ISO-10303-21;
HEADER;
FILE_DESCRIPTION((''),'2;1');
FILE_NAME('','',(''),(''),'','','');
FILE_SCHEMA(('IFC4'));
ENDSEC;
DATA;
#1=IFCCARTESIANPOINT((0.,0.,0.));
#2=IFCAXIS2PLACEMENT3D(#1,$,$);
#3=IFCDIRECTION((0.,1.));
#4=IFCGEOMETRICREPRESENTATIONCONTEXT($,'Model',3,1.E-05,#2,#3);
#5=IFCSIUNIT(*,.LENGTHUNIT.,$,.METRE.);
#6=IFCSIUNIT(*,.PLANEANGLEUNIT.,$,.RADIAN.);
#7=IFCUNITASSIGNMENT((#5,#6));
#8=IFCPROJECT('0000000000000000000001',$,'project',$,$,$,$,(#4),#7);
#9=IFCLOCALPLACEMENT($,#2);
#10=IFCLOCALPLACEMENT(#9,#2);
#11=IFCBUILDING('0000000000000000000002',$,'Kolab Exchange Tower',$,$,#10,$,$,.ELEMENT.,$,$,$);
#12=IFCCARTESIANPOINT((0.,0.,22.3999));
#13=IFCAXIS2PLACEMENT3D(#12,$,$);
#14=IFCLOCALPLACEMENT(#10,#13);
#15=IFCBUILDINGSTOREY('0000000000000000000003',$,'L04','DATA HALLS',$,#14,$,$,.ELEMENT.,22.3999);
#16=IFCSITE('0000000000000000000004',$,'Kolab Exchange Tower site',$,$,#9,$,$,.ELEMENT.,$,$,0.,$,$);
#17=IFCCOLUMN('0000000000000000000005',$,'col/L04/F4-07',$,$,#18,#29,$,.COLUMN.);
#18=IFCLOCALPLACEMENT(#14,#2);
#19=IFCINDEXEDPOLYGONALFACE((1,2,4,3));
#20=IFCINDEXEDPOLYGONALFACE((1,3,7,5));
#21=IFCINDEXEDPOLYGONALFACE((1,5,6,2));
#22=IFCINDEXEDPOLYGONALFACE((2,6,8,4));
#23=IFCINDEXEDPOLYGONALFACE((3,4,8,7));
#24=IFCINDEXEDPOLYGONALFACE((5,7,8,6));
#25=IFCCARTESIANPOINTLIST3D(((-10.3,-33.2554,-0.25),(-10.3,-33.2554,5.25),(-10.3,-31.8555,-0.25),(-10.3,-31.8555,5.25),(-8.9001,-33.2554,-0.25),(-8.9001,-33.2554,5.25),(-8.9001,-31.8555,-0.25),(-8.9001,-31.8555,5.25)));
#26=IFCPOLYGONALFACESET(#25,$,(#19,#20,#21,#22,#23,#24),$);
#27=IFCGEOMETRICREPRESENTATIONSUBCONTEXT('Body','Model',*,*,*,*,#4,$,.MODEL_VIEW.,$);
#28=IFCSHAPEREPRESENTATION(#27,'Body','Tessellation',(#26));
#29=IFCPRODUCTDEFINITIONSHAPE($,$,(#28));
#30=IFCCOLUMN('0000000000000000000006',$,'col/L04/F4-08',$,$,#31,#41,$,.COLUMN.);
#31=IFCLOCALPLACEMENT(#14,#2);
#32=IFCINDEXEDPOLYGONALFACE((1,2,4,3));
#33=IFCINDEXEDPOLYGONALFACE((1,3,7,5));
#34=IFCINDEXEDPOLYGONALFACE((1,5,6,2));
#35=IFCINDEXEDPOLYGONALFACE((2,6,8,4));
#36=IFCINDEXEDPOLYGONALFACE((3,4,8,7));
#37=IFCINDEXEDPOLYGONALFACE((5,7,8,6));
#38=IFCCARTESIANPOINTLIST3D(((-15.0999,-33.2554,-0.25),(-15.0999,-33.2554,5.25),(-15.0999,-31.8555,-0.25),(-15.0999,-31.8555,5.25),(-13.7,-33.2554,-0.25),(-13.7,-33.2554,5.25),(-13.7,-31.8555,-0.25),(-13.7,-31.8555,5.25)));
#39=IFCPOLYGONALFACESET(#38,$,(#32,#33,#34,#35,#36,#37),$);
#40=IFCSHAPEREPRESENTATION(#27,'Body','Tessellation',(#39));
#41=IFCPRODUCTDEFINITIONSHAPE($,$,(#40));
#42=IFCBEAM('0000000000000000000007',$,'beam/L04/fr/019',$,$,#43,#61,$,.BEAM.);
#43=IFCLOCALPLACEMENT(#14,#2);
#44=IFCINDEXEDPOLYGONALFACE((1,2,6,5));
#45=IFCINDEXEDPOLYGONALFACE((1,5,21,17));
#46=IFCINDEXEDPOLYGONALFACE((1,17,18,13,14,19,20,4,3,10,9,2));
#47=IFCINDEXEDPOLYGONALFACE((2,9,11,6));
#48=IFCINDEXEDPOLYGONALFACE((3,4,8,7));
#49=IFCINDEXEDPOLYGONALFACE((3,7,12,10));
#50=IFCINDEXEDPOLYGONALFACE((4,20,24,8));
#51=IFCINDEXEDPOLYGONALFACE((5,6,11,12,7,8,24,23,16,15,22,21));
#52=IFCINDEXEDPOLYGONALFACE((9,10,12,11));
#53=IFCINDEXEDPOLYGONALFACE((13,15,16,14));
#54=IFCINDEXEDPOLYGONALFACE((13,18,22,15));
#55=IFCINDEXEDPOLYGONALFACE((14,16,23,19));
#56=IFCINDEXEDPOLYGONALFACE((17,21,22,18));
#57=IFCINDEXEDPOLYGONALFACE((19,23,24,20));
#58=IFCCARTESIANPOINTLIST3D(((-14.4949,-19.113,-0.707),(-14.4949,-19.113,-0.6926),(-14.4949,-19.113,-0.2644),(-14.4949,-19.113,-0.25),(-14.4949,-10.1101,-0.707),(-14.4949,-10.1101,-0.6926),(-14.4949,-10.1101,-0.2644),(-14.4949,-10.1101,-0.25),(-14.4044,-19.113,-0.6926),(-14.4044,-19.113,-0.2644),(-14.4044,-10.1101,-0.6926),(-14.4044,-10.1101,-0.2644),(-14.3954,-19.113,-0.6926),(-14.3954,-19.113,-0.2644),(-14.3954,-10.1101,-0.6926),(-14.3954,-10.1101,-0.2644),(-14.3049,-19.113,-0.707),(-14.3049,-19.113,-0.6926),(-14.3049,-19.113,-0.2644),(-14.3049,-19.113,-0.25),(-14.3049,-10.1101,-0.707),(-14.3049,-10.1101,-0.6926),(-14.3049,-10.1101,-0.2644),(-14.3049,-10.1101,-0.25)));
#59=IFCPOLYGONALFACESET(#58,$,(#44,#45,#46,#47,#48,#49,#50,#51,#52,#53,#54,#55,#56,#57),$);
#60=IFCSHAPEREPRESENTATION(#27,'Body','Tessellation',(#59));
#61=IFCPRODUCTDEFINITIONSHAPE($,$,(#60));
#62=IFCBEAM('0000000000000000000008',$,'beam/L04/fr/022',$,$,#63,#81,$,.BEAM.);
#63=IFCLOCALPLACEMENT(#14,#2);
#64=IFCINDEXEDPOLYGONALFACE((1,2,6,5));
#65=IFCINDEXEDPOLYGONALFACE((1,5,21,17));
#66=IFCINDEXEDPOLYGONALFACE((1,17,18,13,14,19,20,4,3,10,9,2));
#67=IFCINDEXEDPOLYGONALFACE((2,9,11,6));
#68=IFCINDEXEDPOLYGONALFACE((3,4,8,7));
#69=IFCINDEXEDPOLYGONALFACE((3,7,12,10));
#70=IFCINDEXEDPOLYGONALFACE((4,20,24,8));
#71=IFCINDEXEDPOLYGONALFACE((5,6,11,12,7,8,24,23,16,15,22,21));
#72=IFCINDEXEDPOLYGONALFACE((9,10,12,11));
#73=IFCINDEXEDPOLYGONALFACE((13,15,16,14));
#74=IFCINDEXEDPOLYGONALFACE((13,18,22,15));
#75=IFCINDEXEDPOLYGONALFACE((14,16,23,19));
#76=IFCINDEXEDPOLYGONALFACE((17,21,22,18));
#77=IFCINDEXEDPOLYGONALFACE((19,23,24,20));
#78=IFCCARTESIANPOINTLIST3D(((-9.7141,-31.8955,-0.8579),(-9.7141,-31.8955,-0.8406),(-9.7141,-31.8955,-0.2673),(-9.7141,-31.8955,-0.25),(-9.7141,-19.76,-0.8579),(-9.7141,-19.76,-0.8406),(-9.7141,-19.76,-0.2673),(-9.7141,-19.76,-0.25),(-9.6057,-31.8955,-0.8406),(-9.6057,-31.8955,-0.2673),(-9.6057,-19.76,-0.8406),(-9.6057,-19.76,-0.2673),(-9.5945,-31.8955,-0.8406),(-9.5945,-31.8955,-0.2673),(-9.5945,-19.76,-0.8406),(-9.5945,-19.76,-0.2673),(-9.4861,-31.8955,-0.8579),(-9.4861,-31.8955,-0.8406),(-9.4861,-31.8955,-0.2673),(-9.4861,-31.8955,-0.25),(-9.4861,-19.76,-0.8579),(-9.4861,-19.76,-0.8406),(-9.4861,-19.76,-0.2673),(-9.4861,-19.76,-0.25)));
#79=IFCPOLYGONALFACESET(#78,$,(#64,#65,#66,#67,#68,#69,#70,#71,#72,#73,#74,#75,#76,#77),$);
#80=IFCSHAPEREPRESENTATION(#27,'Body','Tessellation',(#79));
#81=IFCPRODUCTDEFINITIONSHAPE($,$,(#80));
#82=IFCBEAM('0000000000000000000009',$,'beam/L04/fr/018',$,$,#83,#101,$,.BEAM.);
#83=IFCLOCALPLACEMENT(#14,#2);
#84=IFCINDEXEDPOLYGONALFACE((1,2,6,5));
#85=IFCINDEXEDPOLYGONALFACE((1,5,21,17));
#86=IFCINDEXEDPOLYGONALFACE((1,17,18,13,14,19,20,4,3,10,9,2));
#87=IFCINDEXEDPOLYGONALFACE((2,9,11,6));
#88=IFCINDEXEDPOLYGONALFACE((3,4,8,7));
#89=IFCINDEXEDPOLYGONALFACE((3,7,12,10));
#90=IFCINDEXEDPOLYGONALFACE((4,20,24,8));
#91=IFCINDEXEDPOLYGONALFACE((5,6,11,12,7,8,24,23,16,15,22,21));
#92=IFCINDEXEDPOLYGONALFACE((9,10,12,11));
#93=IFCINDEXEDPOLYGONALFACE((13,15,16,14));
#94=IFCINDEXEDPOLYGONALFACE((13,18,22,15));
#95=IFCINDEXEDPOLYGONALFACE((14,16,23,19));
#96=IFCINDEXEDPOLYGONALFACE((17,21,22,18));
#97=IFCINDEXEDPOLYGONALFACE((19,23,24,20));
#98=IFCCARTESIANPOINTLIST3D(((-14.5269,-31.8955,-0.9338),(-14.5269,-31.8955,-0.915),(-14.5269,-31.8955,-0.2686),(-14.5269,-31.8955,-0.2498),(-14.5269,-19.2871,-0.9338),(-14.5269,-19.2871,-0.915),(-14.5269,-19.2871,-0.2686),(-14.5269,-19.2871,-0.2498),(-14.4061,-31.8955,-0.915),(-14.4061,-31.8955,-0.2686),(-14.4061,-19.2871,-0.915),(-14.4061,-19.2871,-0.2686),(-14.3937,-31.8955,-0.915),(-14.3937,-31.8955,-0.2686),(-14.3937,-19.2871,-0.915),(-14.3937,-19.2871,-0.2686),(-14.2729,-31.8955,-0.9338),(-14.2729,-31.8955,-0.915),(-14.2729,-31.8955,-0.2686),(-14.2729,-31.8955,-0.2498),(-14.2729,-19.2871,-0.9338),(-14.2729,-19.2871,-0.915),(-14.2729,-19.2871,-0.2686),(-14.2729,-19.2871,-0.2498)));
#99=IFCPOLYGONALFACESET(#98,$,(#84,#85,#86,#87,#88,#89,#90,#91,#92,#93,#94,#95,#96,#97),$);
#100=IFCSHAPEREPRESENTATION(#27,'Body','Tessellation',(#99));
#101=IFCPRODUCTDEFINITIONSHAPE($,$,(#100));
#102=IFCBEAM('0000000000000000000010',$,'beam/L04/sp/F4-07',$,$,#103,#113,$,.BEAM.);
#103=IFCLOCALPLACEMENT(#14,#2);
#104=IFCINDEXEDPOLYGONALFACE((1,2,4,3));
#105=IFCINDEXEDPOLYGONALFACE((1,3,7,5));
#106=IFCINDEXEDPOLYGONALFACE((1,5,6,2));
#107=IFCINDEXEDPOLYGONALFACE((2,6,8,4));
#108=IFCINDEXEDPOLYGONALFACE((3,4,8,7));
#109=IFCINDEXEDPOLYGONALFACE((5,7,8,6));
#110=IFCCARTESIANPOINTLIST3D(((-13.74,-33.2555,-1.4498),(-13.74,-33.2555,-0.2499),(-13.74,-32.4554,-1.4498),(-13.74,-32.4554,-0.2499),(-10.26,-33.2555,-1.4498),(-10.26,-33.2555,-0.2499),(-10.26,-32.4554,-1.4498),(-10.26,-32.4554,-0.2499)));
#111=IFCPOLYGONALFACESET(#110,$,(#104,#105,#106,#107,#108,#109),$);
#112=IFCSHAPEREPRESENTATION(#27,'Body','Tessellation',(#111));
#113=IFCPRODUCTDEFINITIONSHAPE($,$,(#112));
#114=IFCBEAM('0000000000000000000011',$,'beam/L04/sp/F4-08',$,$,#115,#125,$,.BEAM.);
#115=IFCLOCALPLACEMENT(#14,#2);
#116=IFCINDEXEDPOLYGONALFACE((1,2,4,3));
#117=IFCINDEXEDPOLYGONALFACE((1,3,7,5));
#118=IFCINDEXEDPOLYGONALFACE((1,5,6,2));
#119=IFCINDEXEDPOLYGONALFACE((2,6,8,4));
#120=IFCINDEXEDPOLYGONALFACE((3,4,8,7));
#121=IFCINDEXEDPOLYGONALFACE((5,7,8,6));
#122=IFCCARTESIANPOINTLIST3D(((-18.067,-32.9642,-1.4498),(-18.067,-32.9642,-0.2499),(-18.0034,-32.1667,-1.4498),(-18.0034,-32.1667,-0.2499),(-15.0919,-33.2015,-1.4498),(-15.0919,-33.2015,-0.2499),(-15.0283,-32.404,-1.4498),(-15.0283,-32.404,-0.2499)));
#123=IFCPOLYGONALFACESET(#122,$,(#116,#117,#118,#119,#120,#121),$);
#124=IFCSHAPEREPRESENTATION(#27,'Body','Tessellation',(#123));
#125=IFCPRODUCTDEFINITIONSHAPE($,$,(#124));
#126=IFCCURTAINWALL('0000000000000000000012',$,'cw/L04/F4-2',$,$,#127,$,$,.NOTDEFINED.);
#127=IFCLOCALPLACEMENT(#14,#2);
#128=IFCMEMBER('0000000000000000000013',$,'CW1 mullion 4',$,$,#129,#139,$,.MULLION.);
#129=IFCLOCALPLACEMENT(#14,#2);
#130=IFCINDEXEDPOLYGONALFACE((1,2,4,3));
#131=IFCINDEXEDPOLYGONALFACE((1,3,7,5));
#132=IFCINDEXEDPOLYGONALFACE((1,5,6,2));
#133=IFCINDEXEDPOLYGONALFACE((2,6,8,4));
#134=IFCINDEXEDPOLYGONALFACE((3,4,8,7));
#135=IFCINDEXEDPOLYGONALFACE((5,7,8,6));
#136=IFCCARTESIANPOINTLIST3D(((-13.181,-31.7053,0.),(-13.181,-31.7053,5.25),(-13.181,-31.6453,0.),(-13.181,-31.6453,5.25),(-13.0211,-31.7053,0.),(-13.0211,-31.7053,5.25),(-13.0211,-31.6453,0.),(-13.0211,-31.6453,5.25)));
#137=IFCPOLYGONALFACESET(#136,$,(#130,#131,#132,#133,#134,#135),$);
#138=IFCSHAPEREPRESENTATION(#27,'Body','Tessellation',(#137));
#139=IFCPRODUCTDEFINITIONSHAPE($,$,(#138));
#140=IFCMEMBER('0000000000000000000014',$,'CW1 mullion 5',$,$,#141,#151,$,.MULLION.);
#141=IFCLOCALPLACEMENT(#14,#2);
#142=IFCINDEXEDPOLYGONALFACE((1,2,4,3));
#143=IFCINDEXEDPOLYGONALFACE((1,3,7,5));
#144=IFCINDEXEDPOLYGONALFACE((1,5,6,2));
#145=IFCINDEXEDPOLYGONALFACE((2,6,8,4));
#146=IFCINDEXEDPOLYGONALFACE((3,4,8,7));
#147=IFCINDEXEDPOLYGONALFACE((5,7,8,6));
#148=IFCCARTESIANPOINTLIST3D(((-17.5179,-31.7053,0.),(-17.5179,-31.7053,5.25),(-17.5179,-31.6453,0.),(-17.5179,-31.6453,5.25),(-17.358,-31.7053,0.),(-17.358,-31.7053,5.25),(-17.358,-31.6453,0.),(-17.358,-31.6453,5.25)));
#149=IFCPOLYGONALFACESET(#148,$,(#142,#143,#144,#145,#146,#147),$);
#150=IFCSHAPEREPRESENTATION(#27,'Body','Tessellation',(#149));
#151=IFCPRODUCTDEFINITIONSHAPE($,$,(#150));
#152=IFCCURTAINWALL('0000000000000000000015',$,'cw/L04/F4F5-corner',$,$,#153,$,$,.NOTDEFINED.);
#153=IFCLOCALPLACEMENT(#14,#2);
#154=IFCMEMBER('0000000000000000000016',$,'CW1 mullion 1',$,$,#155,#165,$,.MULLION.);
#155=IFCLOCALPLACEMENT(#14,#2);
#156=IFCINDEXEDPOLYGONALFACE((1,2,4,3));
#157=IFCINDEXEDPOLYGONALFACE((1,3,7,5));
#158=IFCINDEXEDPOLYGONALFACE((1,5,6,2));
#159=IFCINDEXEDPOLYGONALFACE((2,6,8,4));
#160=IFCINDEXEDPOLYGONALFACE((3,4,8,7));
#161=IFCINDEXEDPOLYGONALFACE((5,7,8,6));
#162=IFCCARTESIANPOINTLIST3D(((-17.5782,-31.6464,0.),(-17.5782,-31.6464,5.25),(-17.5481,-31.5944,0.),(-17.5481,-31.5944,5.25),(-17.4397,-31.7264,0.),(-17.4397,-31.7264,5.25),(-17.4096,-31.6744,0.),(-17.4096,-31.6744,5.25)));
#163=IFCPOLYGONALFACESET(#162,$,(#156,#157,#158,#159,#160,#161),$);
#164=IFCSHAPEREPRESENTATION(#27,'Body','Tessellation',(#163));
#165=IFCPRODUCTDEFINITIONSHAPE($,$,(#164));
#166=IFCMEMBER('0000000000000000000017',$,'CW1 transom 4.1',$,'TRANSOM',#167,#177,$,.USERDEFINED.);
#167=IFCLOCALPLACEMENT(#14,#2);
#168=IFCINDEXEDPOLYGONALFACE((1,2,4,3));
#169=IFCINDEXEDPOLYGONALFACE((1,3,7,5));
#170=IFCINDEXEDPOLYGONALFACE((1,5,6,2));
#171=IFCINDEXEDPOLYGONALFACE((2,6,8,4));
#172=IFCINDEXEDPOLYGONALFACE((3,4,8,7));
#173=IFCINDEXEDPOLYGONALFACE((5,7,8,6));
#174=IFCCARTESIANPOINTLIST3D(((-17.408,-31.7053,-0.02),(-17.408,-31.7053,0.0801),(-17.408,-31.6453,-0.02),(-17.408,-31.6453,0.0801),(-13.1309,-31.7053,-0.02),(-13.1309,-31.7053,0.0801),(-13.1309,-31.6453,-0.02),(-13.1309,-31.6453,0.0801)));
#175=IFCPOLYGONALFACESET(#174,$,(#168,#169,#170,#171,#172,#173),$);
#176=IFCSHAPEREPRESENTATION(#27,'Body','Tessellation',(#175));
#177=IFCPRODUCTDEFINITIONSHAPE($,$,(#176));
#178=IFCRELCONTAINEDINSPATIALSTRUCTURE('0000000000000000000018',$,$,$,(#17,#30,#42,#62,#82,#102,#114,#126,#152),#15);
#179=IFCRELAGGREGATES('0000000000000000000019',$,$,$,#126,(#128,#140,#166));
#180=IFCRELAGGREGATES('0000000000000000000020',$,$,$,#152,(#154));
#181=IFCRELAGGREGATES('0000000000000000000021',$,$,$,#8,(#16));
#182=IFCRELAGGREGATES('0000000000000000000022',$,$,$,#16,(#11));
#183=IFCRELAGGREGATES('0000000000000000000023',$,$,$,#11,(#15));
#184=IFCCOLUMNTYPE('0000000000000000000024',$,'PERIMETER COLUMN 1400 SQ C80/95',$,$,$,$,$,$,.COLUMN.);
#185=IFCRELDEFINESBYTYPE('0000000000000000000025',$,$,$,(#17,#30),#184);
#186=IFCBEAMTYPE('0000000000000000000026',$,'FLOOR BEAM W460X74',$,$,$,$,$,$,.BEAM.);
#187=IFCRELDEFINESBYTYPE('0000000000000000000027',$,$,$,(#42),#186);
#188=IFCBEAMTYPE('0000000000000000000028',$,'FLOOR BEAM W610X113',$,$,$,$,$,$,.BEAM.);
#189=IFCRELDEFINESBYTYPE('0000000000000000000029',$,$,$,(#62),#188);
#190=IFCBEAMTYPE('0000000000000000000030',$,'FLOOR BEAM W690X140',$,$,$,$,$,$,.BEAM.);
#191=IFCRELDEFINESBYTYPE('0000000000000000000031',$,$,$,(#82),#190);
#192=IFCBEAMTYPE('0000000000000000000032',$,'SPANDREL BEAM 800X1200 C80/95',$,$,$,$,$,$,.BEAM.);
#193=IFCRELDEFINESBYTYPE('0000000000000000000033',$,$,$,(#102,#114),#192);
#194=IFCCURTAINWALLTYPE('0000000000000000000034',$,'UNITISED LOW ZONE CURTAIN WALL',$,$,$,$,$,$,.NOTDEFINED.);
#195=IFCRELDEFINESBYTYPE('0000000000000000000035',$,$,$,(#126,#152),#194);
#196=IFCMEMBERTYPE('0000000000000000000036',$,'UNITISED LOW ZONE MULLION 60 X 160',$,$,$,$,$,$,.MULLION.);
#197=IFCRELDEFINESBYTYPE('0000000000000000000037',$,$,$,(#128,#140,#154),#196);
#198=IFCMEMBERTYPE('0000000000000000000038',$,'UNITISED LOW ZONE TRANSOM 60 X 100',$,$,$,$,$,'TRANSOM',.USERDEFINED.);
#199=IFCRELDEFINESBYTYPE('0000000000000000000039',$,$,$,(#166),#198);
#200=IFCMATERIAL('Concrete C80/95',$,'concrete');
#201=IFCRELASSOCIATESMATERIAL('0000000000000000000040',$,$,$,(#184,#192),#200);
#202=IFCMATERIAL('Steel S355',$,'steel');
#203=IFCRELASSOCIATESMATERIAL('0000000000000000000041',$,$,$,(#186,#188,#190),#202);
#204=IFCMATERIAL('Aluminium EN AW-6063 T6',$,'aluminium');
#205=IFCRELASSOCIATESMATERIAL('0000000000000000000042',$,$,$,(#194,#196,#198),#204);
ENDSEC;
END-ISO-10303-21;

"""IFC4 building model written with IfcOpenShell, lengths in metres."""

from ifc_helpers import new_model, si_unit, direction, frame, origin, origin_2d, place, context, subcontext, project, spatial, rectangle, i_section, extrude, material, material_profile, profile_set, type_object, element, aggregate, save


model = new_model("IFC4")

# Units and contexts
model_context = context("Model", 3, precision=1e-05, world=origin(), true_north=direction((0.0, 1.0)))
body_context = subcontext(model_context, "Body", "Model", "MODEL_VIEW")
ifc_project = project(units=[si_unit("LENGTHUNIT", "METRE"), si_unit("PLANEANGLEUNIT", "RADIAN")], contexts=[model_context])

# Site, building, storey
site_placement = place(None, origin())
site = spatial("IfcSite", under=ifc_project, at=site_placement, Name="Kolab Exchange Tower site", CompositionType="ELEMENT", RefElevation=0.0)
building_placement = place(site_placement, origin())
building = spatial("IfcBuilding", under=site, at=building_placement, Name="Kolab Exchange Tower", CompositionType="ELEMENT")
storey_placement = place(building_placement, frame((0.0, 0.0, 22.3999)))
storey = spatial("IfcBuildingStorey", under=building, at=storey_placement, Name="L04", Description="DATA HALLS", CompositionType="ELEMENT", Elevation=22.3999)

# Columns
ifc_material_1 = material(Name="Concrete C80/95", Category="concrete")
ifc_material_profile_1 = material_profile(ifc_material_1, rectangle(XDim=1.3999, YDim=1.3999, at=origin_2d()), Name="RC1400")
ifc_profile_set_1 = profile_set([ifc_material_profile_1], Name="Concrete C80/95")
column_type = type_object("IfcColumnType", Name="PERIMETER COLUMN 1400 SQ C80/95", PredefinedType="COLUMN", material=ifc_profile_set_1)
for number, where, z_axis, x_axis, name in (
    (1, (-9.6001, -32.5554, -0.25), (0.0, 0.0, 1.0), (1.0, 0.0, 0.0), "col/L04/F4-07"),
    (2, (-14.3999, -32.5554, -0.25), (0.0, 0.0, 1.0), (1.0, 0.0, 0.0), "col/L04/F4-08"),
):
    element("IfcColumn", number, at=place(storey_placement, frame(where, z_axis=z_axis, x_axis=x_axis)), inside=storey, type_object=column_type, Name=name, PredefinedType="COLUMN", context=body_context, shape_type="SweptSolid", body=[
        extrude(rectangle(XDim=1.3999, YDim=1.3999, at=origin_2d()), origin(), (0.0, 0.0, 1.0), 5.5),
    ])

# Beams
ifc_material_2 = material(Name="Steel S355", Category="steel")
ifc_material_profile_2 = material_profile(ifc_material_2, i_section(OverallWidth=0.1899, OverallDepth=0.457, WebThickness=0.009, FlangeThickness=0.0144, at=origin_2d()), Name="W460X74")
ifc_profile_set_2 = profile_set([ifc_material_profile_2], Name="Steel S355")
beam_type_1 = type_object("IfcBeamType", Name="FLOOR BEAM W460X74", PredefinedType="BEAM", material=ifc_profile_set_2)
beam_1_placement = place(storey_placement, frame((-14.3999, -19.113, -0.4785), z_axis=(0.0, 1.0, 0.0), x_axis=(-1.0, 0.0, 0.0)))
element("IfcBeam", 3, at=beam_1_placement, inside=storey, type_object=beam_type_1, Name="beam/L04/fr/019", PredefinedType="BEAM", context=body_context, shape_type="SweptSolid", body=[
    extrude(i_section(OverallWidth=0.1899, OverallDepth=0.457, WebThickness=0.009, FlangeThickness=0.0144, at=origin_2d()), origin(), (0.0, 0.0, 1.0), 9.0029),
])
ifc_material_profile_3 = material_profile(ifc_material_2, i_section(OverallWidth=0.228, OverallDepth=0.6079, WebThickness=0.0112, FlangeThickness=0.0173, at=origin_2d()), Name="W610X113")
ifc_profile_set_3 = profile_set([ifc_material_profile_3], Name="Steel S355")
beam_type_2 = type_object("IfcBeamType", Name="FLOOR BEAM W610X113", PredefinedType="BEAM", material=ifc_profile_set_3)
beam_2_placement = place(storey_placement, frame((-9.6001, -31.8955, -0.554), z_axis=(0.0, 1.0, 0.0), x_axis=(-1.0, 0.0, 0.0)))
element("IfcBeam", 4, at=beam_2_placement, inside=storey, type_object=beam_type_2, Name="beam/L04/fr/022", PredefinedType="BEAM", context=body_context, shape_type="SweptSolid", body=[
    extrude(i_section(OverallWidth=0.228, OverallDepth=0.6079, WebThickness=0.0112, FlangeThickness=0.0173, at=origin_2d()), origin(), (0.0, 0.0, 1.0), 12.1355),
])
ifc_material_profile_4 = material_profile(ifc_material_2, i_section(OverallWidth=0.2539, OverallDepth=0.6841, WebThickness=0.0125, FlangeThickness=0.0188, at=origin_2d()), Name="W690X140")
ifc_profile_set_4 = profile_set([ifc_material_profile_4], Name="Steel S355")
beam_type_3 = type_object("IfcBeamType", Name="FLOOR BEAM W690X140", PredefinedType="BEAM", material=ifc_profile_set_4)
beam_3_placement = place(storey_placement, frame((-14.3999, -31.8955, -0.5918), z_axis=(0.0, 1.0, 0.0), x_axis=(-1.0, 0.0, 0.0)))
element("IfcBeam", 5, at=beam_3_placement, inside=storey, type_object=beam_type_3, Name="beam/L04/fr/018", PredefinedType="BEAM", context=body_context, shape_type="SweptSolid", body=[
    extrude(i_section(OverallWidth=0.2539, OverallDepth=0.6841, WebThickness=0.0125, FlangeThickness=0.0188, at=origin_2d()), origin(), (0.0, 0.0, 1.0), 12.6084),
])
ifc_material_profile_5 = material_profile(ifc_material_1, rectangle(XDim=0.8, YDim=1.2, at=origin_2d()), Name="RC800X1200")
ifc_profile_set_5 = profile_set([ifc_material_profile_5], Name="Concrete C80/95")
beam_type_4 = type_object("IfcBeamType", Name="SPANDREL BEAM 800X1200 C80/95", PredefinedType="BEAM", material=ifc_profile_set_5)
beam_4_placement = place(storey_placement, frame((-10.26, -32.8555, -0.8499), z_axis=(-1.0, 0.0, 0.0), x_axis=(0.0, -1.0, 0.0)))
element("IfcBeam", 6, at=beam_4_placement, inside=storey, type_object=beam_type_4, Name="beam/L04/sp/F4-07", PredefinedType="BEAM", context=body_context, shape_type="SweptSolid", body=[
    extrude(rectangle(XDim=0.8, YDim=1.2, at=origin_2d()), origin(), (0.0, 0.0, 1.0), 3.48),
])
beam_5_placement = place(storey_placement, frame((-15.0601, -32.8027, -0.8499), z_axis=(-0.996834, 0.079511, 0.0), x_axis=(-0.079511, -0.996834, 0.0)))
element("IfcBeam", 7, at=beam_5_placement, inside=storey, type_object=beam_type_4, Name="beam/L04/sp/F4-08", PredefinedType="BEAM", context=body_context, shape_type="SweptSolid", body=[
    extrude(rectangle(XDim=0.8, YDim=1.2, at=origin_2d()), origin(), (0.0, 0.0, 1.0), 2.9846),
])

# Curtain wall, members
ifc_material_3 = material(Name="Aluminium EN AW-6063 T6", Category="aluminium")
curtain_wall_type = type_object("IfcCurtainWallType", Name="UNITISED LOW ZONE CURTAIN WALL", PredefinedType="NOTDEFINED", material=ifc_material_3)
curtain_wall_1_placement = place(storey_placement, origin())
curtain_wall_1 = element("IfcCurtainWall", 8, at=curtain_wall_1_placement, inside=storey, type_object=curtain_wall_type, Name="cw/L04/F4-2", PredefinedType="NOTDEFINED")
ifc_material_profile_6 = material_profile(ifc_material_3, rectangle(XDim=0.0601, YDim=0.1599, at=origin_2d()), Name="RECT 60X160")
ifc_profile_set_6 = profile_set([ifc_material_profile_6], Name="Aluminium EN AW-6063 T6")
member_type_1 = type_object("IfcMemberType", Name="UNITISED LOW ZONE MULLION 60 X 160", PredefinedType="MULLION", material=ifc_profile_set_6)
member_1_placement = place(storey_placement, frame((-13.1011, -31.6753, 0.0), z_axis=(0.0, 0.0, 1.0), x_axis=(0.0, -1.0, 0.0)))
member_1 = element("IfcMember", 9, at=member_1_placement, type_object=member_type_1, Name="CW1 mullion 4", PredefinedType="MULLION", context=body_context, shape_type="SweptSolid", body=[
    extrude(rectangle(XDim=0.0601, YDim=0.1599, at=origin_2d()), origin(), (0.0, 0.0, 1.0), 5.25),
])
member_2_placement = place(storey_placement, frame((-17.438, -31.6753, 0.0), z_axis=(0.0, 0.0, 1.0), x_axis=(0.0, -1.0, 0.0)))
member_2 = element("IfcMember", 10, at=member_2_placement, type_object=member_type_1, Name="CW1 mullion 5", PredefinedType="MULLION", context=body_context, shape_type="SweptSolid", body=[
    extrude(rectangle(XDim=0.0601, YDim=0.1599, at=origin_2d()), origin(), (0.0, 0.0, 1.0), 5.25),
])

# Curtain wall, member
curtain_wall_2_placement = place(storey_placement, origin())
curtain_wall_2 = element("IfcCurtainWall", 11, at=curtain_wall_2_placement, inside=storey, type_object=curtain_wall_type, Name="cw/L04/F4F5-corner", PredefinedType="NOTDEFINED")
member_3_placement = place(storey_placement, frame((-17.4939, -31.6604, 0.0), z_axis=(0.0, 0.0, 1.0), x_axis=(-0.5, -0.866025, 0.0)))
member_3 = element("IfcMember", 12, at=member_3_placement, type_object=member_type_1, Name="CW1 mullion 1", PredefinedType="MULLION", context=body_context, shape_type="SweptSolid", body=[
    extrude(rectangle(XDim=0.0601, YDim=0.1599, at=origin_2d()), origin(), (0.0, 0.0, 1.0), 5.25),
])

# Member
ifc_material_profile_7 = material_profile(ifc_material_3, rectangle(XDim=0.0601, YDim=0.1001, at=origin_2d()), Name="RECT 60X100")
ifc_profile_set_7 = profile_set([ifc_material_profile_7], Name="Aluminium EN AW-6063 T6")
member_type_2 = type_object("IfcMemberType", Name="UNITISED LOW ZONE TRANSOM 60 X 100", ElementType="TRANSOM", PredefinedType="USERDEFINED", material=ifc_profile_set_7)
member_4_placement = place(storey_placement, frame((-13.1309, -31.6753, 0.03), z_axis=(-1.0, 0.0, 0.0), x_axis=(0.0, -1.0, 0.0)))
member_4 = element("IfcMember", 13, at=member_4_placement, type_object=member_type_2, Name="CW1 transom 4.1", ObjectType="TRANSOM", PredefinedType="USERDEFINED", context=body_context, shape_type="SweptSolid", body=[
    extrude(rectangle(XDim=0.0601, YDim=0.1001, at=origin_2d()), origin(), (0.0, 0.0, 1.0), 4.2771),
])

aggregate(curtain_wall_1, [member_1, member_2, member_4])
aggregate(curtain_wall_2, [member_3])

save(model, "model.ifc")
